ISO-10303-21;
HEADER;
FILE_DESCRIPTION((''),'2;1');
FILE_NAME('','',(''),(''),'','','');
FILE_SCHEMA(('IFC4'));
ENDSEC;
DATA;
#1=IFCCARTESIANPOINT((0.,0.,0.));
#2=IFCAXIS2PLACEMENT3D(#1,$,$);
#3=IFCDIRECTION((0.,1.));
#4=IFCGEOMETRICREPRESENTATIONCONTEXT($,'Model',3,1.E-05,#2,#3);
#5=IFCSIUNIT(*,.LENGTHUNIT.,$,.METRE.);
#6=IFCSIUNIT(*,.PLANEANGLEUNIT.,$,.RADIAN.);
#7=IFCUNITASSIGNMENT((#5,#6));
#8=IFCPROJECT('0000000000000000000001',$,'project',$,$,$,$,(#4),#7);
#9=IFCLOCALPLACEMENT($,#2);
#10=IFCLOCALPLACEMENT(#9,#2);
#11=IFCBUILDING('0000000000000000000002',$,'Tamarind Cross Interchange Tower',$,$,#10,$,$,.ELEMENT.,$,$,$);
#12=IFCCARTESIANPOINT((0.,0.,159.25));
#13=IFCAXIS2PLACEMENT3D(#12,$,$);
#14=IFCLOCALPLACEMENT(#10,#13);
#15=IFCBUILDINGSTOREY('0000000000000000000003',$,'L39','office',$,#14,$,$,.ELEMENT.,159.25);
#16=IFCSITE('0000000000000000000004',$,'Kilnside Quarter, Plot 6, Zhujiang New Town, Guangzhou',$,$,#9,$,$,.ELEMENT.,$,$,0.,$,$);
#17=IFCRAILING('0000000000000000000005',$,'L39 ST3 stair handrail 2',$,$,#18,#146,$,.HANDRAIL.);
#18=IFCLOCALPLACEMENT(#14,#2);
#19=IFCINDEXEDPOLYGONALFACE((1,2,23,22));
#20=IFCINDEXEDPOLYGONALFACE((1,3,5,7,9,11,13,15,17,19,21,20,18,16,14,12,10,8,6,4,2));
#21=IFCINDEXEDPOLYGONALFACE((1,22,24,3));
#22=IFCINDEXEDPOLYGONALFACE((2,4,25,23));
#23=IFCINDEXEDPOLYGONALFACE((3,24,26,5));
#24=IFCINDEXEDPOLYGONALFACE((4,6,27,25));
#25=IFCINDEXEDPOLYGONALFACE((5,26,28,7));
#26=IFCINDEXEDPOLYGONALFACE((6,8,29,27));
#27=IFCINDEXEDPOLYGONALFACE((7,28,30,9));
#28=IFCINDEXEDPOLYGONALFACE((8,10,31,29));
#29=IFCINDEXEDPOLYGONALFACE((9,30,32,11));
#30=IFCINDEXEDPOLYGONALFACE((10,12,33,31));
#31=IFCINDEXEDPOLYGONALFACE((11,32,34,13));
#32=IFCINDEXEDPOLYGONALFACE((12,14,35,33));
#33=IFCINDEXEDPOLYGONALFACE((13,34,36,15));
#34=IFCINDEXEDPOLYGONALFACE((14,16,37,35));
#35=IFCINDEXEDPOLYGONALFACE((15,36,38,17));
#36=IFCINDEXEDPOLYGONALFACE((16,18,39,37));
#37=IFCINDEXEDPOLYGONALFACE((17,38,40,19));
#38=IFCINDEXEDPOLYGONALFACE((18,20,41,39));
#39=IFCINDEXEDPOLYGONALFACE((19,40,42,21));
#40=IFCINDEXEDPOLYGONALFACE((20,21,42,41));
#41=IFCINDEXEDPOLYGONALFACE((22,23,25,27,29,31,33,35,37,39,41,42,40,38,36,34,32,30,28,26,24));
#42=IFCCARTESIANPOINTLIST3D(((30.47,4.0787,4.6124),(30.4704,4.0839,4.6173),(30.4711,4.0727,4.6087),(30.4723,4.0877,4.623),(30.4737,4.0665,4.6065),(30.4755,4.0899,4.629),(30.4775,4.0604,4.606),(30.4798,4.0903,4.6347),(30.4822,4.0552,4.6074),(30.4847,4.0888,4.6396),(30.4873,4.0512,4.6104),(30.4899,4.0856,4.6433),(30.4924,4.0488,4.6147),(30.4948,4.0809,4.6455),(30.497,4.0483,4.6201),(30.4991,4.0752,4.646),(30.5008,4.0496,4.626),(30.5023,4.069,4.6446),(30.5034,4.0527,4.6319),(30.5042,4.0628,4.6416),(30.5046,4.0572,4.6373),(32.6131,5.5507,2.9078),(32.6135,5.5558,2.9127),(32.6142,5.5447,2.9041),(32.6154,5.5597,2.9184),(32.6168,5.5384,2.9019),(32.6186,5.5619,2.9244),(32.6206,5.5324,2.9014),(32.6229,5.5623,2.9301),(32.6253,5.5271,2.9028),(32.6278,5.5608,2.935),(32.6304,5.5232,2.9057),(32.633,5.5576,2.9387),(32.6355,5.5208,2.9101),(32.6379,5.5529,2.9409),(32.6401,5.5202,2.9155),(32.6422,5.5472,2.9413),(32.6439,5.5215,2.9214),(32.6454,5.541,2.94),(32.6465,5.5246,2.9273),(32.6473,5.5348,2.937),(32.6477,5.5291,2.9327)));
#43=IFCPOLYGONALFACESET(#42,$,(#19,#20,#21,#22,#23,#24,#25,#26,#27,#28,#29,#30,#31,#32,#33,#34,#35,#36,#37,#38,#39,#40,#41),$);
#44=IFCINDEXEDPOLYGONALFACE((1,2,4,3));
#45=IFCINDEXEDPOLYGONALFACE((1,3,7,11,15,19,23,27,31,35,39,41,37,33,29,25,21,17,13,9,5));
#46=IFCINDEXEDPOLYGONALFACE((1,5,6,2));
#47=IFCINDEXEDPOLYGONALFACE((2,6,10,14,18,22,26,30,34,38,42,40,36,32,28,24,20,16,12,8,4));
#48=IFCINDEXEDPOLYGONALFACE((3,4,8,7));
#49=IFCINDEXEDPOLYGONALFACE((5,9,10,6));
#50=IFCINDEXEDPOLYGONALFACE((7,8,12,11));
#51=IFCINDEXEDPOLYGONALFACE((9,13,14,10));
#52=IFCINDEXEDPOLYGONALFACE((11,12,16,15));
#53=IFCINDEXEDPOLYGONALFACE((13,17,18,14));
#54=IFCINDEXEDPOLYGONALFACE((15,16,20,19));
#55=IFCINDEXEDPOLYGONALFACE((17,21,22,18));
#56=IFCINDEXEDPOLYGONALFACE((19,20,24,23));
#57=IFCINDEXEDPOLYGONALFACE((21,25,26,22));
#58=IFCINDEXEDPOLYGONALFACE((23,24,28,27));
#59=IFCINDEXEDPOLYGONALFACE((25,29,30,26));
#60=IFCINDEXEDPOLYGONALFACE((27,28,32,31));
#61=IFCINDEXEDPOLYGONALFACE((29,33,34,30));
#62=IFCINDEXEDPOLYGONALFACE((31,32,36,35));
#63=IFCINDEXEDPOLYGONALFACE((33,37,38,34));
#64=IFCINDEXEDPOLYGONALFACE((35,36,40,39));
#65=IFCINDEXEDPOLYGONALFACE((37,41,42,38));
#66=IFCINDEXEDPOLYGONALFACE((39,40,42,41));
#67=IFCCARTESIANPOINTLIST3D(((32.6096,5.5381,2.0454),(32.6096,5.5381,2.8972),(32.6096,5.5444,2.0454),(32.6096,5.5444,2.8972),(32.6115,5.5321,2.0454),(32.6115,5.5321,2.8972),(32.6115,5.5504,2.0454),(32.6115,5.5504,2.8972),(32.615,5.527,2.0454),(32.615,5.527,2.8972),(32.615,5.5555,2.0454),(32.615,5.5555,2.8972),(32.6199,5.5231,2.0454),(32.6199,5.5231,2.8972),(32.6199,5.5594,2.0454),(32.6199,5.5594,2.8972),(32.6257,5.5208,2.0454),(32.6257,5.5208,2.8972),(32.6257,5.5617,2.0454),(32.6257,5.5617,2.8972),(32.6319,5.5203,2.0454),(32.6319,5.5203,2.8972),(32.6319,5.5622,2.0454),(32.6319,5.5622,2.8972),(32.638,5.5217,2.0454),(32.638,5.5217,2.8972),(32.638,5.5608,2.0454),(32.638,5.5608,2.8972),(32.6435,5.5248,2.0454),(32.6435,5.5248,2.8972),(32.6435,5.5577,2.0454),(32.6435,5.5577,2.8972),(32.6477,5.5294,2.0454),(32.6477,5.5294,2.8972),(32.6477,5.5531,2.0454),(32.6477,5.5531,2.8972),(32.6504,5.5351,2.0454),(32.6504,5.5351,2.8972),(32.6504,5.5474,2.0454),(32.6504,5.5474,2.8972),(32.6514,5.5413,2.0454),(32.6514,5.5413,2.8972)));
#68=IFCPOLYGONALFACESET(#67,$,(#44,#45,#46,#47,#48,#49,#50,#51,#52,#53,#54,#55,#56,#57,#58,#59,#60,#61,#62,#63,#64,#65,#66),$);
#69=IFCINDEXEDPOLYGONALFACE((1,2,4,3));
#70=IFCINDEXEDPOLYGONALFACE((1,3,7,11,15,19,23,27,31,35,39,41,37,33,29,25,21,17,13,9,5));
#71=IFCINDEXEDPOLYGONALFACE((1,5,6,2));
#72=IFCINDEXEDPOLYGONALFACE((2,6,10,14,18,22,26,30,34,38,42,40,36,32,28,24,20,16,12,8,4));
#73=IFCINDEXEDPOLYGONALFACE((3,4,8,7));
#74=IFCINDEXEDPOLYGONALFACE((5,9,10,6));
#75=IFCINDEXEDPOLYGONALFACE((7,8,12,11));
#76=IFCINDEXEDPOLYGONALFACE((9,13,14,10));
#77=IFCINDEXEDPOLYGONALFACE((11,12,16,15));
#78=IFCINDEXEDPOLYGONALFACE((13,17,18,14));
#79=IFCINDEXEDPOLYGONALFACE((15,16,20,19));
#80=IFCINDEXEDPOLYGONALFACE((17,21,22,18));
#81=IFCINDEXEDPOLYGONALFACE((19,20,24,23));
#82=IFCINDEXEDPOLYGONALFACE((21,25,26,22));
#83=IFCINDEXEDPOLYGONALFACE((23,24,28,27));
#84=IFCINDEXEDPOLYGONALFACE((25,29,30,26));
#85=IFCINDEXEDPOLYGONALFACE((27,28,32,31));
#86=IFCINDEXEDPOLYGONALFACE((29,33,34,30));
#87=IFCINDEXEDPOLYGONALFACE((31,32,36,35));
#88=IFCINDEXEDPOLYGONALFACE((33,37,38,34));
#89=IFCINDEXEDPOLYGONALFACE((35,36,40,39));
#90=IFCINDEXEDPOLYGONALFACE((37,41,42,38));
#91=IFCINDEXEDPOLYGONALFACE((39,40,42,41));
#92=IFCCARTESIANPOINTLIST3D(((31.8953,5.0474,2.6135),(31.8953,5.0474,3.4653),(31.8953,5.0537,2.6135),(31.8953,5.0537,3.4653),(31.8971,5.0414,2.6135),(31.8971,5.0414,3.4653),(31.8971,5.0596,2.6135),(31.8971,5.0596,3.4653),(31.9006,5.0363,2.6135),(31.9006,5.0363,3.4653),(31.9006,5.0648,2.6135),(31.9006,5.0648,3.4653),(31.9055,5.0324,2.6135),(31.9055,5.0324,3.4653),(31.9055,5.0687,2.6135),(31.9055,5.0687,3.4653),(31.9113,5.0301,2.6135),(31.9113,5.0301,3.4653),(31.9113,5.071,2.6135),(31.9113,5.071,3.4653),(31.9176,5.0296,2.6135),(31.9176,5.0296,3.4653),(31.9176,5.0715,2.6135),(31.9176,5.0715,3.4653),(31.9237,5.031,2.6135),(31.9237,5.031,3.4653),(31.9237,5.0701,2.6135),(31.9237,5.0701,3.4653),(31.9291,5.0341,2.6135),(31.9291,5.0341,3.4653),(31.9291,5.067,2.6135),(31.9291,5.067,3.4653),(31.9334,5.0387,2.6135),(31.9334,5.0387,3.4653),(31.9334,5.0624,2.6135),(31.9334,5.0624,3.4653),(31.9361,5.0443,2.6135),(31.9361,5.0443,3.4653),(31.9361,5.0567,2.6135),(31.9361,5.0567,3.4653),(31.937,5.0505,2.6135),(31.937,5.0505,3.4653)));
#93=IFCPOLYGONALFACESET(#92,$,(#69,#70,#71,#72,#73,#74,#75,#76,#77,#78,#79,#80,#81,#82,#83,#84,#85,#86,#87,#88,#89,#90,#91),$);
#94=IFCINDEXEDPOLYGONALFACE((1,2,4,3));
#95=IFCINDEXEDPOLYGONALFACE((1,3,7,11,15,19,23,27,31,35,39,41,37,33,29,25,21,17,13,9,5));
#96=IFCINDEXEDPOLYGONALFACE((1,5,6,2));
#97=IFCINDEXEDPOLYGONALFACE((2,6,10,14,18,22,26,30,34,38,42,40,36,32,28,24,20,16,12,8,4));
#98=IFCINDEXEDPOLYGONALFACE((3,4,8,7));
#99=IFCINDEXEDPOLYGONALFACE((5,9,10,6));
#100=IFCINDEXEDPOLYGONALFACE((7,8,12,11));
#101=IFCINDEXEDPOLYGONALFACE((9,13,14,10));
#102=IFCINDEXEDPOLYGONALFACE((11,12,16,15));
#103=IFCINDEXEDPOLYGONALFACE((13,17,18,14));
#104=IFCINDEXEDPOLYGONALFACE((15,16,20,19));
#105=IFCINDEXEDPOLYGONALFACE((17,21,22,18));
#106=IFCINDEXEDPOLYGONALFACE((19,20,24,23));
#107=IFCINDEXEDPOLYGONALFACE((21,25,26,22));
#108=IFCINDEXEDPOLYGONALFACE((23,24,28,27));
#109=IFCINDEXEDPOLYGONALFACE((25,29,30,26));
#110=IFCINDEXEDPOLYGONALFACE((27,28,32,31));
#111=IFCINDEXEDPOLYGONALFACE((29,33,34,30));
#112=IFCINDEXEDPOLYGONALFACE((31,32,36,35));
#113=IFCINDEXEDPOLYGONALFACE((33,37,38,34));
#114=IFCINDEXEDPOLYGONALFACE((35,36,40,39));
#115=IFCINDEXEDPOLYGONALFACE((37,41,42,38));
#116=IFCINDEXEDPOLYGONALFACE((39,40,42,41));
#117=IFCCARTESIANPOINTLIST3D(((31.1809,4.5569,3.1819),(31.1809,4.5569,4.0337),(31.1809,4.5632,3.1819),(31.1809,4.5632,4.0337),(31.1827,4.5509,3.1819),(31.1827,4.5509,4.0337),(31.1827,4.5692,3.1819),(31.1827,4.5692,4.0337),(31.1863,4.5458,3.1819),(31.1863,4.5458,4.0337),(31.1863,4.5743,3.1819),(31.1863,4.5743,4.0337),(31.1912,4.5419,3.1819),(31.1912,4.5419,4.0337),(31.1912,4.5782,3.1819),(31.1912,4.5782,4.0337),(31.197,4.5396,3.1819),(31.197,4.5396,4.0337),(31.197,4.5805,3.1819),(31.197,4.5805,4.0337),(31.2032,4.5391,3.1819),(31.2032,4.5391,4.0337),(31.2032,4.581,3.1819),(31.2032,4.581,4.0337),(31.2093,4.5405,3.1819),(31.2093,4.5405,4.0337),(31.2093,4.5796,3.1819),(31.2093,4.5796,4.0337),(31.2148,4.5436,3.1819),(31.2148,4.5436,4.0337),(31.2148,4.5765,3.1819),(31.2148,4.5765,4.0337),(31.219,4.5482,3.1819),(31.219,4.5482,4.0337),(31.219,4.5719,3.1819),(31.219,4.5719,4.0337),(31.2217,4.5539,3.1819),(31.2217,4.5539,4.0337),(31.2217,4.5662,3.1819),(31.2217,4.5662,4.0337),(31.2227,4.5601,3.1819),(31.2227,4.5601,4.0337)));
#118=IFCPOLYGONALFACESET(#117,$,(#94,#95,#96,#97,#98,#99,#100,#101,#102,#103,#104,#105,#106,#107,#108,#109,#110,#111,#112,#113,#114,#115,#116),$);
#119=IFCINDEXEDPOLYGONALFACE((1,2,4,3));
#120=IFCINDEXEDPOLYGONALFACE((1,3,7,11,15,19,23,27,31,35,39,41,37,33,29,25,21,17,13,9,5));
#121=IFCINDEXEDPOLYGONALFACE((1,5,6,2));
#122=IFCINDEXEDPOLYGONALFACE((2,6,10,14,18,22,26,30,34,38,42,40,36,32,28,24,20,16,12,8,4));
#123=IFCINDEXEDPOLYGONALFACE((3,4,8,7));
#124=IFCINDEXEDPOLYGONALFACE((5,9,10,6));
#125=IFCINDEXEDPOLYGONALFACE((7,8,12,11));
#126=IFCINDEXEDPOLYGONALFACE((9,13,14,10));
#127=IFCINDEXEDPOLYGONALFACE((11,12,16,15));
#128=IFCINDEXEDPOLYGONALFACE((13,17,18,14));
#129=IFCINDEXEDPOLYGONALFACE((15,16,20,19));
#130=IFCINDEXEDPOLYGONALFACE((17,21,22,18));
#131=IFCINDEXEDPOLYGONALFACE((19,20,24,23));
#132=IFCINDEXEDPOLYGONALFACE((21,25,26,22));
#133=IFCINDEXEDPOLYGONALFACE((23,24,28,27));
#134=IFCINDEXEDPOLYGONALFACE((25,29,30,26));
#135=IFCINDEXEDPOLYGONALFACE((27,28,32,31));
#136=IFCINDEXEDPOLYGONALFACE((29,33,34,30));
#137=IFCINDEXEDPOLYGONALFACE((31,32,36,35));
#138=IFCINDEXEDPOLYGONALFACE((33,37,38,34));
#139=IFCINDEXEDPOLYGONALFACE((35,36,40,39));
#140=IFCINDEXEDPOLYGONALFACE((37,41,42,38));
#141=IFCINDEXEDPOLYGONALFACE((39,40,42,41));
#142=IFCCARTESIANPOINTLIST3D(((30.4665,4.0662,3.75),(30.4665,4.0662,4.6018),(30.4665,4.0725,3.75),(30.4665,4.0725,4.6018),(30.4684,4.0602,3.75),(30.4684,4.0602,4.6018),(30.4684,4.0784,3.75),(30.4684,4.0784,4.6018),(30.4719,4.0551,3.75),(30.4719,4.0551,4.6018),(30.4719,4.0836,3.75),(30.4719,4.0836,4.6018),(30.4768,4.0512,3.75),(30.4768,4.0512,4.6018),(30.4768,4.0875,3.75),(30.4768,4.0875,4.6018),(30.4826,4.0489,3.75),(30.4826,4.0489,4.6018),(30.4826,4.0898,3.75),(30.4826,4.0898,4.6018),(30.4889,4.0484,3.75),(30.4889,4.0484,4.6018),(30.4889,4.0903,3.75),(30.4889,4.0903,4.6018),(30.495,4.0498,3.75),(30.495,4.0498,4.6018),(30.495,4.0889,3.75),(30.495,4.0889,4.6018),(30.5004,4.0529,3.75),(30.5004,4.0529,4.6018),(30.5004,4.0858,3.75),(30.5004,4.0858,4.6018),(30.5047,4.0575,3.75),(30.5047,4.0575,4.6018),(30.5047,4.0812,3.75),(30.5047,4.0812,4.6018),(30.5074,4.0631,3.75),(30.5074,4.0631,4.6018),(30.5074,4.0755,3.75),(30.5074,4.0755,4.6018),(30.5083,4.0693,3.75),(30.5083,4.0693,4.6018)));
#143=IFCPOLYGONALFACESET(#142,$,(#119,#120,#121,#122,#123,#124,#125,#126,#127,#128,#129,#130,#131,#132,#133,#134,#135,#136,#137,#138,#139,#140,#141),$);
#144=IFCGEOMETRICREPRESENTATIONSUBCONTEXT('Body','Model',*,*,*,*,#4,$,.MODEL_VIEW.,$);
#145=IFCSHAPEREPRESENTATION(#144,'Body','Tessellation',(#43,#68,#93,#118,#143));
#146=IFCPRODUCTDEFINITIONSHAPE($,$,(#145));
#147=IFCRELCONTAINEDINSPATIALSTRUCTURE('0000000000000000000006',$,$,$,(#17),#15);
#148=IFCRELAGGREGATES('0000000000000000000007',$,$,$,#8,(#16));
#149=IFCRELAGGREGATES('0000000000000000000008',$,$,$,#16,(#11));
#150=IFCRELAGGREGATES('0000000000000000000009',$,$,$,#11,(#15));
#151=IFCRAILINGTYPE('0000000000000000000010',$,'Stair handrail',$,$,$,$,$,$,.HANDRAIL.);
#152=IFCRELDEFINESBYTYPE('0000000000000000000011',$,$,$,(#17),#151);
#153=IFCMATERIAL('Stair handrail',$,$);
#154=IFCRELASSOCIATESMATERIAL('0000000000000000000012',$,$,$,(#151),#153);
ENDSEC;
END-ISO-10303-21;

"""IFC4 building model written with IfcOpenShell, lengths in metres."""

from ifc_helpers import new_model, si_unit, direction, frame, origin, origin_2d, place, context, subcontext, project, spatial, circle, extrude, material, type_object, element, save


model = new_model("IFC4")

# Units and contexts
model_context = context("Model", 3, precision=1e-05, world=origin(), true_north=direction((0.0, 1.0)))
body_context = subcontext(model_context, "Body", "Model", "MODEL_VIEW")
ifc_project = project(units=[si_unit("LENGTHUNIT", "METRE"), si_unit("PLANEANGLEUNIT", "RADIAN")], contexts=[model_context])

# Site, building, storey
site_placement = place(None, origin())
site = spatial("IfcSite", under=ifc_project, at=site_placement, Name="Kilnside Quarter, Plot 6, Zhujiang New Town, Guangzhou", CompositionType="ELEMENT", RefElevation=0.0)
building_placement = place(site_placement, origin())
building = spatial("IfcBuilding", under=site, at=building_placement, Name="Tamarind Cross Interchange Tower", CompositionType="ELEMENT")
storey_placement = place(building_placement, frame((0.0, 0.0, 159.25)))
storey = spatial("IfcBuildingStorey", under=building, at=storey_placement, Name="L39", Description="office", CompositionType="ELEMENT", Elevation=159.25)

# Railing
ifc_material_1 = material(Name="Stair handrail")
railing_type_1 = type_object("IfcRailingType", Name="Stair handrail", PredefinedType="HANDRAIL", material=ifc_material_1)
railing_1_placement = place(storey_placement, frame((32.6304, 5.5413, 2.0454)))
element("IfcRailing", 1, at=railing_1_placement, inside=storey, type_object=railing_type_1, Name="L39 ST3 stair handrail 2", PredefinedType="HANDRAIL", context=body_context, shape_type="SweptSolid", body=[
    extrude(circle(Radius=0.0239, at=origin_2d()), frame((0.0, 0.0, 0.876), z_axis=(-0.689345, -0.473463, 0.548303), x_axis=(0.566154, -0.824299, 0.0)), (0.0, 0.0, 1.0), 3.1089),
    extrude(circle(Radius=0.021, at=origin_2d()), origin(), (0.0, 0.0, 1.0), 0.8518),
    extrude(circle(Radius=0.021, at=origin_2d()), frame((-0.7144, -0.4907, 0.5681)), (0.0, 0.0, 1.0), 0.8518),
    extrude(circle(Radius=0.021, at=origin_2d()), frame((-1.4287, -0.9812, 1.1365)), (0.0, 0.0, 1.0), 0.8518),
    extrude(circle(Radius=0.021, at=origin_2d()), frame((-2.1431, -1.4719, 1.7046)), (0.0, 0.0, 1.0), 0.8518),
])

save(model, "model.ifc")
